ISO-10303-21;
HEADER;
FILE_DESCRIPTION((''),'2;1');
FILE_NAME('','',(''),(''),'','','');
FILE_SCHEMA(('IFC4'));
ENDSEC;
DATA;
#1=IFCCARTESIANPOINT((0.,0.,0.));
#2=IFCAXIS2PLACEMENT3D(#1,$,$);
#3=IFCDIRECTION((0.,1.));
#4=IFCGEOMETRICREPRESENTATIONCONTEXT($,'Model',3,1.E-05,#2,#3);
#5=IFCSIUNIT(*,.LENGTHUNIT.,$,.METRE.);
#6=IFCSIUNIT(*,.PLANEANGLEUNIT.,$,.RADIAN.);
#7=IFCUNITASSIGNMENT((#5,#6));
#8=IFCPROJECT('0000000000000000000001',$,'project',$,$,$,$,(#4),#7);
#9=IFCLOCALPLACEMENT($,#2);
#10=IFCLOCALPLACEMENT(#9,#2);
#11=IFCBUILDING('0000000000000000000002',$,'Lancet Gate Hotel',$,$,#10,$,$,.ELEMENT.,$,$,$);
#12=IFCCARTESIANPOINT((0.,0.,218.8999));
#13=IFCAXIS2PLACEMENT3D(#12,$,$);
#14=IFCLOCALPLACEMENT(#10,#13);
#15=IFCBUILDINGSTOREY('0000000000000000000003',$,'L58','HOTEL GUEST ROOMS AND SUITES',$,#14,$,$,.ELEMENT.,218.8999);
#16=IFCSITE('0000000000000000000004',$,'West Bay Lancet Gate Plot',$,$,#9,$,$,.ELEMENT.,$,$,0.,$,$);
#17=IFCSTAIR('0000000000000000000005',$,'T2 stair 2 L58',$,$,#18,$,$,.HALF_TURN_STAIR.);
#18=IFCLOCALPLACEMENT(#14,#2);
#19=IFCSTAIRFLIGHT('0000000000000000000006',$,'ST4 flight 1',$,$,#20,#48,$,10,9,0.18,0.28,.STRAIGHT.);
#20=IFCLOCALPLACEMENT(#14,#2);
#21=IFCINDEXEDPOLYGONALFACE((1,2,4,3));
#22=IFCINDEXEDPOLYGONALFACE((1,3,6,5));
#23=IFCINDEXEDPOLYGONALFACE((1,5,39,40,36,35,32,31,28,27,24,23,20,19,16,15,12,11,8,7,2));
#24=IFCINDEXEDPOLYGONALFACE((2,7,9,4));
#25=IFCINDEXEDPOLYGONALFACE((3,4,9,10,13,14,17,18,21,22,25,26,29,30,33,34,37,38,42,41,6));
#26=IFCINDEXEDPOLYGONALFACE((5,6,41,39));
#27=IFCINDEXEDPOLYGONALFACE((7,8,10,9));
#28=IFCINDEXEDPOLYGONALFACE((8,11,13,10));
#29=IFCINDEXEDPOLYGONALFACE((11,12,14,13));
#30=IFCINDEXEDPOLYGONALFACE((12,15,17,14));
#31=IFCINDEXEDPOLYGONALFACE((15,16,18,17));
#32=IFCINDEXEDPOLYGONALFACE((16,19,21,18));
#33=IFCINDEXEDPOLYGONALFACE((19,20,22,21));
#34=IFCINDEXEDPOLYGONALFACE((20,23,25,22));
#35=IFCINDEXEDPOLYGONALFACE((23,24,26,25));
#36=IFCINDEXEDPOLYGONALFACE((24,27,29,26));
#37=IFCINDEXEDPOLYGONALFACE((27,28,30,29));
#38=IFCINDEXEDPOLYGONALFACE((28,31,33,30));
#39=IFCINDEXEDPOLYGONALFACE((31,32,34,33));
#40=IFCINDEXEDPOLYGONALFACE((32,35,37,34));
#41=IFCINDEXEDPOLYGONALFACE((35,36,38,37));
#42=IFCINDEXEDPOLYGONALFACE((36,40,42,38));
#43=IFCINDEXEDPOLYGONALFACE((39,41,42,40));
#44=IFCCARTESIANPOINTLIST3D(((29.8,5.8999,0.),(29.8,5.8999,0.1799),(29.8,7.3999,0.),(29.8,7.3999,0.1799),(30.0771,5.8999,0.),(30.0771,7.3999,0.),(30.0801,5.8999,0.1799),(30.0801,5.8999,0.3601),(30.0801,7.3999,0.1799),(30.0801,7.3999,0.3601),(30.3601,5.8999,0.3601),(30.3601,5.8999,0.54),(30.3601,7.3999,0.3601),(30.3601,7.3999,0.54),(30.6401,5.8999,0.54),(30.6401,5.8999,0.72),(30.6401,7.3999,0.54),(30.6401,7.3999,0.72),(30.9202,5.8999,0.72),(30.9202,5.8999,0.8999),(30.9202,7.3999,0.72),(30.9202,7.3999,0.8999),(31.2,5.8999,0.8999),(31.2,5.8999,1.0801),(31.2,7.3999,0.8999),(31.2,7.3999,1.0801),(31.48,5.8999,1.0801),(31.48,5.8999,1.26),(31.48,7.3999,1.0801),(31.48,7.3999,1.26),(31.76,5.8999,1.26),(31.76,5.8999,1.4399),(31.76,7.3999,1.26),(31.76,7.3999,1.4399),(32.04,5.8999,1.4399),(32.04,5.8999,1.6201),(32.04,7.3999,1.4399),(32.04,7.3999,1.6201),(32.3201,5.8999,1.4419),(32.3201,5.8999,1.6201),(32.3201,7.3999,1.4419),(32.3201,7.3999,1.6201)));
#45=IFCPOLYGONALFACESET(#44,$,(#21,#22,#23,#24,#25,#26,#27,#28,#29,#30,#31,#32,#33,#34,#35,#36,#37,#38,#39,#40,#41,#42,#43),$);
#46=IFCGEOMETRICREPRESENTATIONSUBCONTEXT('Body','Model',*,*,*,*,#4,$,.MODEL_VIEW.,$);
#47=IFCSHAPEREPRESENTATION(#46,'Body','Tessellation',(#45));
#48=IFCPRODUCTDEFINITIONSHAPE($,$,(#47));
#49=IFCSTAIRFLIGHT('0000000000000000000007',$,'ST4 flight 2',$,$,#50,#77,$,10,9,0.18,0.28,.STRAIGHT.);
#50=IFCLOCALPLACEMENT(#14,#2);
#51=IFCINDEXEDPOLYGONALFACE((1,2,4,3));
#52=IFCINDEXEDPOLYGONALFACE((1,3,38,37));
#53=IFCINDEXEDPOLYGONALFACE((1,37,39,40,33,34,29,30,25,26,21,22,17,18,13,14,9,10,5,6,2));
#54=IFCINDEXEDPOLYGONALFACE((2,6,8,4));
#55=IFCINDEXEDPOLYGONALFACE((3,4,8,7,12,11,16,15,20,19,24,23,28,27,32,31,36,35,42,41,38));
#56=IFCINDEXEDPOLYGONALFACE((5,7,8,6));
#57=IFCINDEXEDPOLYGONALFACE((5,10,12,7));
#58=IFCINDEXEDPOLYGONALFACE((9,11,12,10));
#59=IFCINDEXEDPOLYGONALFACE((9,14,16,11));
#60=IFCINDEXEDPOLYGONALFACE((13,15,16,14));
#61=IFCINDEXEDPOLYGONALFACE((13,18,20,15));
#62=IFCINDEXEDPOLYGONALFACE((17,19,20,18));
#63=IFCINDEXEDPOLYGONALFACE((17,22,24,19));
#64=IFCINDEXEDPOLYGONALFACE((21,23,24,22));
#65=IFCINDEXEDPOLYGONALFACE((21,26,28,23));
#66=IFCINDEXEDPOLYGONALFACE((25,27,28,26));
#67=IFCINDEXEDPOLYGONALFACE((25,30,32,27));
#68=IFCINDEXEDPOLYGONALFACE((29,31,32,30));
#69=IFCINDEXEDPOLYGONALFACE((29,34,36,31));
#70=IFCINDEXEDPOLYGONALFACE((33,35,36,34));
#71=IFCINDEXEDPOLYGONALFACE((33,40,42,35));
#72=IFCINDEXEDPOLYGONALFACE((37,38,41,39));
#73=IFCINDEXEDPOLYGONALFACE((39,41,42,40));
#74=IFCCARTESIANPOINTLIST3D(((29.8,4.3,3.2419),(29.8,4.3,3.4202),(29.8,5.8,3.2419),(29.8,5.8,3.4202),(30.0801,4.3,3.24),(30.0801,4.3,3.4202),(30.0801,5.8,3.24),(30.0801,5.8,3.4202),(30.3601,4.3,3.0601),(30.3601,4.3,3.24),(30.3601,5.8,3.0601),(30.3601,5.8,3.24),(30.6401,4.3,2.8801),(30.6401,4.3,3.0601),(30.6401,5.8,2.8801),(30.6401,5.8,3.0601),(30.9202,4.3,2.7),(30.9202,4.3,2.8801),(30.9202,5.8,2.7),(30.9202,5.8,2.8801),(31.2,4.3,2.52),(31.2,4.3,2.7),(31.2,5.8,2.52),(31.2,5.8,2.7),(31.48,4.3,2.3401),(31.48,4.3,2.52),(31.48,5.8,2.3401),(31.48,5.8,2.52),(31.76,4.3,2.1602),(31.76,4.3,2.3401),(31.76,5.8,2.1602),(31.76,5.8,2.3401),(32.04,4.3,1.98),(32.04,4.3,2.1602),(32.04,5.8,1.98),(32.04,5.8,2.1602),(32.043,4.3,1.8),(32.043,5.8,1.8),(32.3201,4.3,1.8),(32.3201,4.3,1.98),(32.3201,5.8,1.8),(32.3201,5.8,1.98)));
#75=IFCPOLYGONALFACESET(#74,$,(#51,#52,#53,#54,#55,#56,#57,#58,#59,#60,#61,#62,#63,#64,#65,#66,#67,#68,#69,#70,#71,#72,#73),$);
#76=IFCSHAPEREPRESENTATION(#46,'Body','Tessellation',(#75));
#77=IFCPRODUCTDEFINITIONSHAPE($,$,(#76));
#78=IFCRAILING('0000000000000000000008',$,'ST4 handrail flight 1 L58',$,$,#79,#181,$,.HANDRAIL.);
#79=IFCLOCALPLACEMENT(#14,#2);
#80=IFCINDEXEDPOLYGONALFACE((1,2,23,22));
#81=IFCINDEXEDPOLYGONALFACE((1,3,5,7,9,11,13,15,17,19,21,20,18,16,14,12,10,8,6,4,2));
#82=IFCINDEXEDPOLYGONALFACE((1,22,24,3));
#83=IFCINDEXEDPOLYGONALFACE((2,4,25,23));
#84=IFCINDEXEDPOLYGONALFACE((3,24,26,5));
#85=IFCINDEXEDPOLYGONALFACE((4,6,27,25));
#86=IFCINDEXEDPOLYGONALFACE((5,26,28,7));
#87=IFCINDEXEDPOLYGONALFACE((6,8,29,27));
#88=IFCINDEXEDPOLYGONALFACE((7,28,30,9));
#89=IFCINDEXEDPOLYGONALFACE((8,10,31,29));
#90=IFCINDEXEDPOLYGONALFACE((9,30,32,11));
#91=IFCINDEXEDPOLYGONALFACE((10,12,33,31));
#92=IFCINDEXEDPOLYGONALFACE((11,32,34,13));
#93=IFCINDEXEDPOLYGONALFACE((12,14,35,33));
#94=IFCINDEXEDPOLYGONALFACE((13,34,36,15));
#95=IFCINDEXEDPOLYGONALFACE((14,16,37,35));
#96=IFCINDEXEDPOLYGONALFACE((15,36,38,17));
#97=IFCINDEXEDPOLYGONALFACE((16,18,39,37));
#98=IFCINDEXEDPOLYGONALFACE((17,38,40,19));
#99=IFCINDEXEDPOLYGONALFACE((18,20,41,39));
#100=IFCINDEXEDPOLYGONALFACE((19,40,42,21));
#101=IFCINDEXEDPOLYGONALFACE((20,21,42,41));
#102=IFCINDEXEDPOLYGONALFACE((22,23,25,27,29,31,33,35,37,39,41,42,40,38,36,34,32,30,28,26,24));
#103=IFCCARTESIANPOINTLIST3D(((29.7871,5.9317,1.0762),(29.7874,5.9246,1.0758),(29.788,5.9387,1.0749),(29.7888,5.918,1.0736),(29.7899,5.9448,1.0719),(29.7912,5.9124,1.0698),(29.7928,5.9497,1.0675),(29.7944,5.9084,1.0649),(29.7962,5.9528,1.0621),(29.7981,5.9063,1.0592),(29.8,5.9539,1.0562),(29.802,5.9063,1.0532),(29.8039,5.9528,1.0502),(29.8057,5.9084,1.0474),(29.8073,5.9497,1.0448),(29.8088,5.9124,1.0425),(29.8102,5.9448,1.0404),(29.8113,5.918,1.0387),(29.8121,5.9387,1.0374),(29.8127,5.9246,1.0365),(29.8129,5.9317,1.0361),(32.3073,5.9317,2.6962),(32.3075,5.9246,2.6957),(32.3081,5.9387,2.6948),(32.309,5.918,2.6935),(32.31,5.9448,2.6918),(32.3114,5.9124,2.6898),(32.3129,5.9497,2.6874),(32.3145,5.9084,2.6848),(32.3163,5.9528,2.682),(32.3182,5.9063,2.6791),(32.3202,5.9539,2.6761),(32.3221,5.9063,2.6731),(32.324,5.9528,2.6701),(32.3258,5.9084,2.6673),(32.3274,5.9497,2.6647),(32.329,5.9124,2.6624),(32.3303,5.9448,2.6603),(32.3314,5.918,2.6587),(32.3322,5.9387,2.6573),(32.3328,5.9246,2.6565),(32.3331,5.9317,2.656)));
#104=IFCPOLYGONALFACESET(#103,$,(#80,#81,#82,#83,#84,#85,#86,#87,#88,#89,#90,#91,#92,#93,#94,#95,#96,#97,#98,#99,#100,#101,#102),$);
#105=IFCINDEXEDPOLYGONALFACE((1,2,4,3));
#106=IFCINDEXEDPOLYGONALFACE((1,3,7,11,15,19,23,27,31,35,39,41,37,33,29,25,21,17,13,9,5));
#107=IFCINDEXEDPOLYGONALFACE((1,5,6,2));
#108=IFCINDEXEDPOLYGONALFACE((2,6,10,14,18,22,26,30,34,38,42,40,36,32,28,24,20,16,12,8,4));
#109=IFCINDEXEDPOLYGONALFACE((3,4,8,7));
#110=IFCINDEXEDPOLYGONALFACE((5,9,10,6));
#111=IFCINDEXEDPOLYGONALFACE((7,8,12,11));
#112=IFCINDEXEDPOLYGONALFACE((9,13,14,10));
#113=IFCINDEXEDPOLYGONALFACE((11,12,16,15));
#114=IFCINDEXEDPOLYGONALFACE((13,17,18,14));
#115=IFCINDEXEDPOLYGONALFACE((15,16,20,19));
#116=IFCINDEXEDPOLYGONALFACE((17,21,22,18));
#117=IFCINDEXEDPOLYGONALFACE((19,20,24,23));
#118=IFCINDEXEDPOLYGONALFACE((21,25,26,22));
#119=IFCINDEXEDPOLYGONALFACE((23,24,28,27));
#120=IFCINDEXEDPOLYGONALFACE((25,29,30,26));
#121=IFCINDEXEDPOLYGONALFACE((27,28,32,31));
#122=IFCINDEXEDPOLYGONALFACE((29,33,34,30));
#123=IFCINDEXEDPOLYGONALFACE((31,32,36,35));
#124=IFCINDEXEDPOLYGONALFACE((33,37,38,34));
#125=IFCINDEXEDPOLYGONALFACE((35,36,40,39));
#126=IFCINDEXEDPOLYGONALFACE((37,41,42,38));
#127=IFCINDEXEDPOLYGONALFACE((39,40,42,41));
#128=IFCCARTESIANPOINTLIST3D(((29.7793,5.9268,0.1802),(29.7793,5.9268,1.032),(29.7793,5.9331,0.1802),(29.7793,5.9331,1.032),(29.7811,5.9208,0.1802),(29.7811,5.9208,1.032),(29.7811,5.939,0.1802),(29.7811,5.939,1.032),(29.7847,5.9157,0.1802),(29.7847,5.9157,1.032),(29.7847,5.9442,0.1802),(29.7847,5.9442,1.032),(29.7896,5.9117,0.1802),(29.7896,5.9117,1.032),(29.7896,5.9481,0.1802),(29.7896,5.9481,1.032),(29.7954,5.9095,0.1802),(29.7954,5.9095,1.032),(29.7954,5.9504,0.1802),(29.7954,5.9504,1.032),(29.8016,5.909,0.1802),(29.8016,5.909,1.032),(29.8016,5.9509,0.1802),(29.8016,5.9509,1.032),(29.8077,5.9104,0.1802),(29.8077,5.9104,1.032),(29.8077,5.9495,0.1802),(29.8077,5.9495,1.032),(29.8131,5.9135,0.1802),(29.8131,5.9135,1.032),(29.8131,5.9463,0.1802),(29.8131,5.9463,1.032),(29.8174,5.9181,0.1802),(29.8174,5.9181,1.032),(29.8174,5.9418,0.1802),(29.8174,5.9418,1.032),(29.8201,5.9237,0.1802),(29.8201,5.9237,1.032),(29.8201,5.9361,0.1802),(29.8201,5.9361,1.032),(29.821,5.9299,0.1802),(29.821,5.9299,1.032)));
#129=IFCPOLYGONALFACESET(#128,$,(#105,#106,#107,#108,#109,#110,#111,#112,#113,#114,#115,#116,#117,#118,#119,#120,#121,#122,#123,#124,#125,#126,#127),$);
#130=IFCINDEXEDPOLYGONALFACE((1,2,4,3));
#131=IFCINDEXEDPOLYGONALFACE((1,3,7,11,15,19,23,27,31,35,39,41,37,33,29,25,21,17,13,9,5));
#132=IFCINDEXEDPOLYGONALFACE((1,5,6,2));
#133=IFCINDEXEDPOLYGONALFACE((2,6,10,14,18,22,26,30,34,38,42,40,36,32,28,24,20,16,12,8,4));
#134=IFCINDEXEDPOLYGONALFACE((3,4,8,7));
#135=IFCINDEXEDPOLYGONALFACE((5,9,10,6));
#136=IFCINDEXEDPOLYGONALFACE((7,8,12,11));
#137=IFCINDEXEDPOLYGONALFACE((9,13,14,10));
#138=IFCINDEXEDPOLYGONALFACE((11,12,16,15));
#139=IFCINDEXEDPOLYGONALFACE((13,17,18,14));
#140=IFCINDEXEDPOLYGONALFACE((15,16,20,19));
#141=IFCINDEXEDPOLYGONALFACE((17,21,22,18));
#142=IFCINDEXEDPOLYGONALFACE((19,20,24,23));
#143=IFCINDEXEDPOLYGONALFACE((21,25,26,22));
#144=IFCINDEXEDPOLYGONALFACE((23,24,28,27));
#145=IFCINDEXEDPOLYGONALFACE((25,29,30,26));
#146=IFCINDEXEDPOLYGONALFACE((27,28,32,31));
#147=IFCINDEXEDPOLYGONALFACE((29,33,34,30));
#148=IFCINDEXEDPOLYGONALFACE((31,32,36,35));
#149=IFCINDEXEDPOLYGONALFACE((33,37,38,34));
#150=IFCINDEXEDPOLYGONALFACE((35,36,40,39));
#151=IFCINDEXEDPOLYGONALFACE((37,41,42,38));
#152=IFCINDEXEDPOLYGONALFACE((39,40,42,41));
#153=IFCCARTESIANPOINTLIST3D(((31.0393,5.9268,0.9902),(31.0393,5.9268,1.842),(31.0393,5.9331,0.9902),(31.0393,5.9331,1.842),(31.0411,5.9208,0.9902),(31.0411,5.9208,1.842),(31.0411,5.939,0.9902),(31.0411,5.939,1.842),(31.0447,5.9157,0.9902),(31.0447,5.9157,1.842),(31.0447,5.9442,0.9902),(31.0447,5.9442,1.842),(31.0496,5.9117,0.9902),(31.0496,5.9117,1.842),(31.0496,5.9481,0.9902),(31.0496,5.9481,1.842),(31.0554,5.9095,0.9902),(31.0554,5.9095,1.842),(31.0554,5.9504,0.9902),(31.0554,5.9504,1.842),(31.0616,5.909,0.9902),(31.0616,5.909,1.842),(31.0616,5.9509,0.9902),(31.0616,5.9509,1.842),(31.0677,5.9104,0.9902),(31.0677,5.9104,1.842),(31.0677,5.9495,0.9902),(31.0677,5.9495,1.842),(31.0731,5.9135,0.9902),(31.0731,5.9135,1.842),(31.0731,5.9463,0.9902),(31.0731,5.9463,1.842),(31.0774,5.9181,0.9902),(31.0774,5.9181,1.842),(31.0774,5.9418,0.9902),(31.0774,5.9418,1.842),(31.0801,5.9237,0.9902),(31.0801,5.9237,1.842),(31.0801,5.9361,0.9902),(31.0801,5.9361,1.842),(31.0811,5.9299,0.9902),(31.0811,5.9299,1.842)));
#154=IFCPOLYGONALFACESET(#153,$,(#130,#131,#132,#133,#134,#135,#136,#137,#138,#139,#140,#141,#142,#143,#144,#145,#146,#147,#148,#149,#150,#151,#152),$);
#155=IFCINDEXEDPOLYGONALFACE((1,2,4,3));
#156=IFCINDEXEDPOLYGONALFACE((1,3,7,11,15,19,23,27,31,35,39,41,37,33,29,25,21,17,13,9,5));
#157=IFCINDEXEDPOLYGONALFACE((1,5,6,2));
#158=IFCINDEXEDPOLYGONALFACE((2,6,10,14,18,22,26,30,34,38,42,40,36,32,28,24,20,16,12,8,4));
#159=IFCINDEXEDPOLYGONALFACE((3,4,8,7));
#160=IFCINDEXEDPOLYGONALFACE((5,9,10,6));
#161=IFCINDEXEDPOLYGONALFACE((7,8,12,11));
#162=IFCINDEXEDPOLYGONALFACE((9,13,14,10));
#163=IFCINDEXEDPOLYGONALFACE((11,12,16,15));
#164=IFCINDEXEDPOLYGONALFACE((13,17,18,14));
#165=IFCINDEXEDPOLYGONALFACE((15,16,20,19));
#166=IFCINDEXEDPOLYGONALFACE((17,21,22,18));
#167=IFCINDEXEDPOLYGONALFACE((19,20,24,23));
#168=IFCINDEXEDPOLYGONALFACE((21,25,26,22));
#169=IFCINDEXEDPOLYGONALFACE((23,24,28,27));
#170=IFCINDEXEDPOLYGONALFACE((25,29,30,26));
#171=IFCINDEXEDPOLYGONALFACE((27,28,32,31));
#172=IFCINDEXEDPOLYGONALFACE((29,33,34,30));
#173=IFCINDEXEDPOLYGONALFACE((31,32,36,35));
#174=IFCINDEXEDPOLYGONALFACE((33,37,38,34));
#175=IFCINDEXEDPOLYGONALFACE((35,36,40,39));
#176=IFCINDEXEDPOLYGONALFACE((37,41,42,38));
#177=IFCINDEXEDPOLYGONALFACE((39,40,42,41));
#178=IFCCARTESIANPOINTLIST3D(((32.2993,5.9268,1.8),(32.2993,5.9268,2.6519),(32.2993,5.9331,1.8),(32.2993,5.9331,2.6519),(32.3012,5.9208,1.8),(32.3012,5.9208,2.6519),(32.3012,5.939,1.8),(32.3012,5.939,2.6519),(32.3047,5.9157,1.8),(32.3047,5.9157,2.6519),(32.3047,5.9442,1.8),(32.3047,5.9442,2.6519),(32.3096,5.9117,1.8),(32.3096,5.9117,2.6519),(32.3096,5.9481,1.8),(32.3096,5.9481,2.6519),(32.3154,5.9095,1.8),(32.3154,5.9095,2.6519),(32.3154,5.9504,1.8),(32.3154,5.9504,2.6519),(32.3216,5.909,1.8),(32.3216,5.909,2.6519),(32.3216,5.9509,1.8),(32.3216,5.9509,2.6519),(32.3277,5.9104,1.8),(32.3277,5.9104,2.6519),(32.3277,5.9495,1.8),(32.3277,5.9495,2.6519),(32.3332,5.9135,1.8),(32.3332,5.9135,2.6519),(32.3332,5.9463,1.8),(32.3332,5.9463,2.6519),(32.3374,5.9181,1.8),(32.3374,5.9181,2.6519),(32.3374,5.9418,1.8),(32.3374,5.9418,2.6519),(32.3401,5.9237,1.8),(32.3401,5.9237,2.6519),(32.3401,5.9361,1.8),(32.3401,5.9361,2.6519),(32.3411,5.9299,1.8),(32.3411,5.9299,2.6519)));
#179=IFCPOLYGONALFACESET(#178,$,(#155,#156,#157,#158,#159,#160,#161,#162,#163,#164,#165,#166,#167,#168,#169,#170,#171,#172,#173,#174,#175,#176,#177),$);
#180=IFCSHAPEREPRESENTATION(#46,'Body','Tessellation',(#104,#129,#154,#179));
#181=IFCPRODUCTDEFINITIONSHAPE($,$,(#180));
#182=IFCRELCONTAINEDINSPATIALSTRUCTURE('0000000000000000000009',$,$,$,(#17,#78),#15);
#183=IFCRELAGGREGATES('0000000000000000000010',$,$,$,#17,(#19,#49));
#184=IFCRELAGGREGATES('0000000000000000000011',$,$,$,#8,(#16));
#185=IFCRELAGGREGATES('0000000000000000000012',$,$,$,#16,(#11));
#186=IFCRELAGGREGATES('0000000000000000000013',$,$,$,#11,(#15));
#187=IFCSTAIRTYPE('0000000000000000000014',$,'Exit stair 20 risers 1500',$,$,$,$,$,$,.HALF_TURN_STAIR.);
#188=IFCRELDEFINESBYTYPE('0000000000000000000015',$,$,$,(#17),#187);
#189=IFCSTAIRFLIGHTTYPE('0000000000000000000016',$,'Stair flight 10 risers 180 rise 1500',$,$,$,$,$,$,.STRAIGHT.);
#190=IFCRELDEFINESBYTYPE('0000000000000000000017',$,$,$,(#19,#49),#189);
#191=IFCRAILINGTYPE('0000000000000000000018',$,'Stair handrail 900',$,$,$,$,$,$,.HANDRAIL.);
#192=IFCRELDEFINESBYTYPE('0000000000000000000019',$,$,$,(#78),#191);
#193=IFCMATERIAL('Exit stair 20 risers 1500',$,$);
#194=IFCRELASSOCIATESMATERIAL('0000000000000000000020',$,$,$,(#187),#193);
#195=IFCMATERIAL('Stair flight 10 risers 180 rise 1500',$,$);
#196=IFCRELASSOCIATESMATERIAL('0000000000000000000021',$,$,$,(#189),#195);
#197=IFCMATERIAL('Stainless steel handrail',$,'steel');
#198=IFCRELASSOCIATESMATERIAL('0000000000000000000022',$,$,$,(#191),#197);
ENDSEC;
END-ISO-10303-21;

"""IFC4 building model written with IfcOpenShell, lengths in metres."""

from ifc_helpers import new_model, si_unit, direction, frame, origin, origin_2d, place, context, subcontext, project, spatial, polyline, circle, outline, extrude, material, type_object, element, aggregate, save


model = new_model("IFC4")

# Units and contexts
model_context = context("Model", 3, precision=1e-05, world=origin(), true_north=direction((0.0, 1.0)))
body_context = subcontext(model_context, "Body", "Model", "MODEL_VIEW")
ifc_project = project(units=[si_unit("LENGTHUNIT", "METRE"), si_unit("PLANEANGLEUNIT", "RADIAN")], contexts=[model_context])

# Site, building, storey
site_placement = place(None, origin())
site = spatial("IfcSite", under=ifc_project, at=site_placement, Name="West Bay Lancet Gate Plot", CompositionType="ELEMENT", RefElevation=0.0)
building_placement = place(site_placement, origin())
building = spatial("IfcBuilding", under=site, at=building_placement, Name="Lancet Gate Hotel", CompositionType="ELEMENT")
storey_placement = place(building_placement, frame((0.0, 0.0, 218.8999)))
storey = spatial("IfcBuildingStorey", under=building, at=storey_placement, Name="L58", Description="HOTEL GUEST ROOMS AND SUITES", CompositionType="ELEMENT", Elevation=218.8999)

# Stair, stair flights
ifc_material_1 = material(Name="Exit stair 20 risers 1500")
stair_type = type_object("IfcStairType", Name="Exit stair 20 risers 1500", PredefinedType="HALF_TURN_STAIR", material=ifc_material_1)
stair_placement = place(storey_placement, origin())
stair = element("IfcStair", 1, at=stair_placement, inside=storey, type_object=stair_type, Name="T2 stair 2 L58", PredefinedType="HALF_TURN_STAIR")
ifc_material_2 = material(Name="Stair flight 10 risers 180 rise 1500")
stair_flight_type = type_object("IfcStairFlightType", Name="Stair flight 10 risers 180 rise 1500", PredefinedType="STRAIGHT", material=ifc_material_2)
stair_flight_1_placement = place(storey_placement, frame((29.8, 6.6499, 0.0), z_axis=(0.0, 0.0, 1.0), x_axis=(1.0, 0.0, 0.0)))
stair_flight_1 = element("IfcStairFlight", 2, at=stair_flight_1_placement, type_object=stair_flight_type, Name="ST4 flight 1", NumberOfRisers=10, NumberOfTreads=9, PredefinedType="STRAIGHT", RiserHeight=0.18, TreadLength=0.28, context=body_context, shape_type="SweptSolid", body=[
    extrude(outline(polyline([(0.0, 0.0), (0.0, 0.1799), (0.28, 0.1799), (0.28, 0.3601), (0.5601, 0.3601), (0.5601, 0.54), (0.8401, 0.54), (0.8401, 0.72), (1.1201, 0.72), (1.1201, 0.8999), (1.3999, 0.8999), (1.3999, 1.0801), (1.6799, 1.0801), (1.6799, 1.26), (1.96, 1.26), (1.96, 1.4399), (2.24, 1.4399), (2.24, 1.6201), (2.52, 1.6201), (2.52, 1.8), (2.52, 1.4419), (0.2771, 0.0), (0.0, 0.0)])), frame((0.0, 0.75, 0.0), z_axis=(0.0, -1.0, 0.0), x_axis=(1.0, 0.0, 0.0)), (0.0, 0.0, 1.0), 1.5),
])
stair_flight_2_placement = place(storey_placement, frame((32.3201, 5.05, 1.8), z_axis=(0.0, 0.0, 1.0), x_axis=(-1.0, 0.0, 0.0)))
stair_flight_2 = element("IfcStairFlight", 3, at=stair_flight_2_placement, type_object=stair_flight_type, Name="ST4 flight 2", NumberOfRisers=10, NumberOfTreads=9, PredefinedType="STRAIGHT", RiserHeight=0.18, TreadLength=0.28, context=body_context, shape_type="SweptSolid", body=[
    extrude(outline(polyline([(0.0, 0.0), (0.0, 0.1799), (0.28, 0.1799), (0.28, 0.3601), (0.5601, 0.3601), (0.5601, 0.54), (0.8401, 0.54), (0.8401, 0.72), (1.1201, 0.72), (1.1201, 0.8999), (1.3999, 0.8999), (1.3999, 1.0801), (1.6799, 1.0801), (1.6799, 1.26), (1.96, 1.26), (1.96, 1.4399), (2.24, 1.4399), (2.24, 1.6201), (2.52, 1.6201), (2.52, 1.8), (2.52, 1.4419), (0.2771, 0.0), (0.0, 0.0)])), frame((0.0, 0.75, 0.0), z_axis=(0.0, -1.0, 0.0), x_axis=(1.0, 0.0, 0.0)), (0.0, 0.0, 1.0), 1.5),
])
aggregate(stair, [stair_flight_1, stair_flight_2])

# Railing
ifc_material_3 = material(Name="Stainless steel handrail", Category="steel")
railing_type = type_object("IfcRailingType", Name="Stair handrail 900", PredefinedType="HANDRAIL", material=ifc_material_3)
railing_1_placement = place(storey_placement, frame((29.8, 5.9299, 0.1802)))
element("IfcRailing", 4, at=railing_1_placement, inside=storey, type_object=railing_type, Name="ST4 handrail flight 1 L58", PredefinedType="HANDRAIL", context=body_context, shape_type="SweptSolid", body=[
    extrude(circle(Radius=0.0239, at=origin_2d()), frame((0.0, 0.0, 0.876), z_axis=(0.8412, 0.0, 0.540725), x_axis=(0.0, 1.0, 0.0)), (0.0, 0.0, 1.0), 2.9958),
    extrude(circle(Radius=0.021, at=origin_2d()), origin(), (0.0, 0.0, 1.0), 0.8518),
    extrude(circle(Radius=0.021, at=origin_2d()), frame((1.26, 0.0, 0.8101)), (0.0, 0.0, 1.0), 0.8518),
    extrude(circle(Radius=0.021, at=origin_2d()), frame((2.52, 0.0, 1.6199)), (0.0, 0.0, 1.0), 0.8518),
])

save(model, "model.ifc")
